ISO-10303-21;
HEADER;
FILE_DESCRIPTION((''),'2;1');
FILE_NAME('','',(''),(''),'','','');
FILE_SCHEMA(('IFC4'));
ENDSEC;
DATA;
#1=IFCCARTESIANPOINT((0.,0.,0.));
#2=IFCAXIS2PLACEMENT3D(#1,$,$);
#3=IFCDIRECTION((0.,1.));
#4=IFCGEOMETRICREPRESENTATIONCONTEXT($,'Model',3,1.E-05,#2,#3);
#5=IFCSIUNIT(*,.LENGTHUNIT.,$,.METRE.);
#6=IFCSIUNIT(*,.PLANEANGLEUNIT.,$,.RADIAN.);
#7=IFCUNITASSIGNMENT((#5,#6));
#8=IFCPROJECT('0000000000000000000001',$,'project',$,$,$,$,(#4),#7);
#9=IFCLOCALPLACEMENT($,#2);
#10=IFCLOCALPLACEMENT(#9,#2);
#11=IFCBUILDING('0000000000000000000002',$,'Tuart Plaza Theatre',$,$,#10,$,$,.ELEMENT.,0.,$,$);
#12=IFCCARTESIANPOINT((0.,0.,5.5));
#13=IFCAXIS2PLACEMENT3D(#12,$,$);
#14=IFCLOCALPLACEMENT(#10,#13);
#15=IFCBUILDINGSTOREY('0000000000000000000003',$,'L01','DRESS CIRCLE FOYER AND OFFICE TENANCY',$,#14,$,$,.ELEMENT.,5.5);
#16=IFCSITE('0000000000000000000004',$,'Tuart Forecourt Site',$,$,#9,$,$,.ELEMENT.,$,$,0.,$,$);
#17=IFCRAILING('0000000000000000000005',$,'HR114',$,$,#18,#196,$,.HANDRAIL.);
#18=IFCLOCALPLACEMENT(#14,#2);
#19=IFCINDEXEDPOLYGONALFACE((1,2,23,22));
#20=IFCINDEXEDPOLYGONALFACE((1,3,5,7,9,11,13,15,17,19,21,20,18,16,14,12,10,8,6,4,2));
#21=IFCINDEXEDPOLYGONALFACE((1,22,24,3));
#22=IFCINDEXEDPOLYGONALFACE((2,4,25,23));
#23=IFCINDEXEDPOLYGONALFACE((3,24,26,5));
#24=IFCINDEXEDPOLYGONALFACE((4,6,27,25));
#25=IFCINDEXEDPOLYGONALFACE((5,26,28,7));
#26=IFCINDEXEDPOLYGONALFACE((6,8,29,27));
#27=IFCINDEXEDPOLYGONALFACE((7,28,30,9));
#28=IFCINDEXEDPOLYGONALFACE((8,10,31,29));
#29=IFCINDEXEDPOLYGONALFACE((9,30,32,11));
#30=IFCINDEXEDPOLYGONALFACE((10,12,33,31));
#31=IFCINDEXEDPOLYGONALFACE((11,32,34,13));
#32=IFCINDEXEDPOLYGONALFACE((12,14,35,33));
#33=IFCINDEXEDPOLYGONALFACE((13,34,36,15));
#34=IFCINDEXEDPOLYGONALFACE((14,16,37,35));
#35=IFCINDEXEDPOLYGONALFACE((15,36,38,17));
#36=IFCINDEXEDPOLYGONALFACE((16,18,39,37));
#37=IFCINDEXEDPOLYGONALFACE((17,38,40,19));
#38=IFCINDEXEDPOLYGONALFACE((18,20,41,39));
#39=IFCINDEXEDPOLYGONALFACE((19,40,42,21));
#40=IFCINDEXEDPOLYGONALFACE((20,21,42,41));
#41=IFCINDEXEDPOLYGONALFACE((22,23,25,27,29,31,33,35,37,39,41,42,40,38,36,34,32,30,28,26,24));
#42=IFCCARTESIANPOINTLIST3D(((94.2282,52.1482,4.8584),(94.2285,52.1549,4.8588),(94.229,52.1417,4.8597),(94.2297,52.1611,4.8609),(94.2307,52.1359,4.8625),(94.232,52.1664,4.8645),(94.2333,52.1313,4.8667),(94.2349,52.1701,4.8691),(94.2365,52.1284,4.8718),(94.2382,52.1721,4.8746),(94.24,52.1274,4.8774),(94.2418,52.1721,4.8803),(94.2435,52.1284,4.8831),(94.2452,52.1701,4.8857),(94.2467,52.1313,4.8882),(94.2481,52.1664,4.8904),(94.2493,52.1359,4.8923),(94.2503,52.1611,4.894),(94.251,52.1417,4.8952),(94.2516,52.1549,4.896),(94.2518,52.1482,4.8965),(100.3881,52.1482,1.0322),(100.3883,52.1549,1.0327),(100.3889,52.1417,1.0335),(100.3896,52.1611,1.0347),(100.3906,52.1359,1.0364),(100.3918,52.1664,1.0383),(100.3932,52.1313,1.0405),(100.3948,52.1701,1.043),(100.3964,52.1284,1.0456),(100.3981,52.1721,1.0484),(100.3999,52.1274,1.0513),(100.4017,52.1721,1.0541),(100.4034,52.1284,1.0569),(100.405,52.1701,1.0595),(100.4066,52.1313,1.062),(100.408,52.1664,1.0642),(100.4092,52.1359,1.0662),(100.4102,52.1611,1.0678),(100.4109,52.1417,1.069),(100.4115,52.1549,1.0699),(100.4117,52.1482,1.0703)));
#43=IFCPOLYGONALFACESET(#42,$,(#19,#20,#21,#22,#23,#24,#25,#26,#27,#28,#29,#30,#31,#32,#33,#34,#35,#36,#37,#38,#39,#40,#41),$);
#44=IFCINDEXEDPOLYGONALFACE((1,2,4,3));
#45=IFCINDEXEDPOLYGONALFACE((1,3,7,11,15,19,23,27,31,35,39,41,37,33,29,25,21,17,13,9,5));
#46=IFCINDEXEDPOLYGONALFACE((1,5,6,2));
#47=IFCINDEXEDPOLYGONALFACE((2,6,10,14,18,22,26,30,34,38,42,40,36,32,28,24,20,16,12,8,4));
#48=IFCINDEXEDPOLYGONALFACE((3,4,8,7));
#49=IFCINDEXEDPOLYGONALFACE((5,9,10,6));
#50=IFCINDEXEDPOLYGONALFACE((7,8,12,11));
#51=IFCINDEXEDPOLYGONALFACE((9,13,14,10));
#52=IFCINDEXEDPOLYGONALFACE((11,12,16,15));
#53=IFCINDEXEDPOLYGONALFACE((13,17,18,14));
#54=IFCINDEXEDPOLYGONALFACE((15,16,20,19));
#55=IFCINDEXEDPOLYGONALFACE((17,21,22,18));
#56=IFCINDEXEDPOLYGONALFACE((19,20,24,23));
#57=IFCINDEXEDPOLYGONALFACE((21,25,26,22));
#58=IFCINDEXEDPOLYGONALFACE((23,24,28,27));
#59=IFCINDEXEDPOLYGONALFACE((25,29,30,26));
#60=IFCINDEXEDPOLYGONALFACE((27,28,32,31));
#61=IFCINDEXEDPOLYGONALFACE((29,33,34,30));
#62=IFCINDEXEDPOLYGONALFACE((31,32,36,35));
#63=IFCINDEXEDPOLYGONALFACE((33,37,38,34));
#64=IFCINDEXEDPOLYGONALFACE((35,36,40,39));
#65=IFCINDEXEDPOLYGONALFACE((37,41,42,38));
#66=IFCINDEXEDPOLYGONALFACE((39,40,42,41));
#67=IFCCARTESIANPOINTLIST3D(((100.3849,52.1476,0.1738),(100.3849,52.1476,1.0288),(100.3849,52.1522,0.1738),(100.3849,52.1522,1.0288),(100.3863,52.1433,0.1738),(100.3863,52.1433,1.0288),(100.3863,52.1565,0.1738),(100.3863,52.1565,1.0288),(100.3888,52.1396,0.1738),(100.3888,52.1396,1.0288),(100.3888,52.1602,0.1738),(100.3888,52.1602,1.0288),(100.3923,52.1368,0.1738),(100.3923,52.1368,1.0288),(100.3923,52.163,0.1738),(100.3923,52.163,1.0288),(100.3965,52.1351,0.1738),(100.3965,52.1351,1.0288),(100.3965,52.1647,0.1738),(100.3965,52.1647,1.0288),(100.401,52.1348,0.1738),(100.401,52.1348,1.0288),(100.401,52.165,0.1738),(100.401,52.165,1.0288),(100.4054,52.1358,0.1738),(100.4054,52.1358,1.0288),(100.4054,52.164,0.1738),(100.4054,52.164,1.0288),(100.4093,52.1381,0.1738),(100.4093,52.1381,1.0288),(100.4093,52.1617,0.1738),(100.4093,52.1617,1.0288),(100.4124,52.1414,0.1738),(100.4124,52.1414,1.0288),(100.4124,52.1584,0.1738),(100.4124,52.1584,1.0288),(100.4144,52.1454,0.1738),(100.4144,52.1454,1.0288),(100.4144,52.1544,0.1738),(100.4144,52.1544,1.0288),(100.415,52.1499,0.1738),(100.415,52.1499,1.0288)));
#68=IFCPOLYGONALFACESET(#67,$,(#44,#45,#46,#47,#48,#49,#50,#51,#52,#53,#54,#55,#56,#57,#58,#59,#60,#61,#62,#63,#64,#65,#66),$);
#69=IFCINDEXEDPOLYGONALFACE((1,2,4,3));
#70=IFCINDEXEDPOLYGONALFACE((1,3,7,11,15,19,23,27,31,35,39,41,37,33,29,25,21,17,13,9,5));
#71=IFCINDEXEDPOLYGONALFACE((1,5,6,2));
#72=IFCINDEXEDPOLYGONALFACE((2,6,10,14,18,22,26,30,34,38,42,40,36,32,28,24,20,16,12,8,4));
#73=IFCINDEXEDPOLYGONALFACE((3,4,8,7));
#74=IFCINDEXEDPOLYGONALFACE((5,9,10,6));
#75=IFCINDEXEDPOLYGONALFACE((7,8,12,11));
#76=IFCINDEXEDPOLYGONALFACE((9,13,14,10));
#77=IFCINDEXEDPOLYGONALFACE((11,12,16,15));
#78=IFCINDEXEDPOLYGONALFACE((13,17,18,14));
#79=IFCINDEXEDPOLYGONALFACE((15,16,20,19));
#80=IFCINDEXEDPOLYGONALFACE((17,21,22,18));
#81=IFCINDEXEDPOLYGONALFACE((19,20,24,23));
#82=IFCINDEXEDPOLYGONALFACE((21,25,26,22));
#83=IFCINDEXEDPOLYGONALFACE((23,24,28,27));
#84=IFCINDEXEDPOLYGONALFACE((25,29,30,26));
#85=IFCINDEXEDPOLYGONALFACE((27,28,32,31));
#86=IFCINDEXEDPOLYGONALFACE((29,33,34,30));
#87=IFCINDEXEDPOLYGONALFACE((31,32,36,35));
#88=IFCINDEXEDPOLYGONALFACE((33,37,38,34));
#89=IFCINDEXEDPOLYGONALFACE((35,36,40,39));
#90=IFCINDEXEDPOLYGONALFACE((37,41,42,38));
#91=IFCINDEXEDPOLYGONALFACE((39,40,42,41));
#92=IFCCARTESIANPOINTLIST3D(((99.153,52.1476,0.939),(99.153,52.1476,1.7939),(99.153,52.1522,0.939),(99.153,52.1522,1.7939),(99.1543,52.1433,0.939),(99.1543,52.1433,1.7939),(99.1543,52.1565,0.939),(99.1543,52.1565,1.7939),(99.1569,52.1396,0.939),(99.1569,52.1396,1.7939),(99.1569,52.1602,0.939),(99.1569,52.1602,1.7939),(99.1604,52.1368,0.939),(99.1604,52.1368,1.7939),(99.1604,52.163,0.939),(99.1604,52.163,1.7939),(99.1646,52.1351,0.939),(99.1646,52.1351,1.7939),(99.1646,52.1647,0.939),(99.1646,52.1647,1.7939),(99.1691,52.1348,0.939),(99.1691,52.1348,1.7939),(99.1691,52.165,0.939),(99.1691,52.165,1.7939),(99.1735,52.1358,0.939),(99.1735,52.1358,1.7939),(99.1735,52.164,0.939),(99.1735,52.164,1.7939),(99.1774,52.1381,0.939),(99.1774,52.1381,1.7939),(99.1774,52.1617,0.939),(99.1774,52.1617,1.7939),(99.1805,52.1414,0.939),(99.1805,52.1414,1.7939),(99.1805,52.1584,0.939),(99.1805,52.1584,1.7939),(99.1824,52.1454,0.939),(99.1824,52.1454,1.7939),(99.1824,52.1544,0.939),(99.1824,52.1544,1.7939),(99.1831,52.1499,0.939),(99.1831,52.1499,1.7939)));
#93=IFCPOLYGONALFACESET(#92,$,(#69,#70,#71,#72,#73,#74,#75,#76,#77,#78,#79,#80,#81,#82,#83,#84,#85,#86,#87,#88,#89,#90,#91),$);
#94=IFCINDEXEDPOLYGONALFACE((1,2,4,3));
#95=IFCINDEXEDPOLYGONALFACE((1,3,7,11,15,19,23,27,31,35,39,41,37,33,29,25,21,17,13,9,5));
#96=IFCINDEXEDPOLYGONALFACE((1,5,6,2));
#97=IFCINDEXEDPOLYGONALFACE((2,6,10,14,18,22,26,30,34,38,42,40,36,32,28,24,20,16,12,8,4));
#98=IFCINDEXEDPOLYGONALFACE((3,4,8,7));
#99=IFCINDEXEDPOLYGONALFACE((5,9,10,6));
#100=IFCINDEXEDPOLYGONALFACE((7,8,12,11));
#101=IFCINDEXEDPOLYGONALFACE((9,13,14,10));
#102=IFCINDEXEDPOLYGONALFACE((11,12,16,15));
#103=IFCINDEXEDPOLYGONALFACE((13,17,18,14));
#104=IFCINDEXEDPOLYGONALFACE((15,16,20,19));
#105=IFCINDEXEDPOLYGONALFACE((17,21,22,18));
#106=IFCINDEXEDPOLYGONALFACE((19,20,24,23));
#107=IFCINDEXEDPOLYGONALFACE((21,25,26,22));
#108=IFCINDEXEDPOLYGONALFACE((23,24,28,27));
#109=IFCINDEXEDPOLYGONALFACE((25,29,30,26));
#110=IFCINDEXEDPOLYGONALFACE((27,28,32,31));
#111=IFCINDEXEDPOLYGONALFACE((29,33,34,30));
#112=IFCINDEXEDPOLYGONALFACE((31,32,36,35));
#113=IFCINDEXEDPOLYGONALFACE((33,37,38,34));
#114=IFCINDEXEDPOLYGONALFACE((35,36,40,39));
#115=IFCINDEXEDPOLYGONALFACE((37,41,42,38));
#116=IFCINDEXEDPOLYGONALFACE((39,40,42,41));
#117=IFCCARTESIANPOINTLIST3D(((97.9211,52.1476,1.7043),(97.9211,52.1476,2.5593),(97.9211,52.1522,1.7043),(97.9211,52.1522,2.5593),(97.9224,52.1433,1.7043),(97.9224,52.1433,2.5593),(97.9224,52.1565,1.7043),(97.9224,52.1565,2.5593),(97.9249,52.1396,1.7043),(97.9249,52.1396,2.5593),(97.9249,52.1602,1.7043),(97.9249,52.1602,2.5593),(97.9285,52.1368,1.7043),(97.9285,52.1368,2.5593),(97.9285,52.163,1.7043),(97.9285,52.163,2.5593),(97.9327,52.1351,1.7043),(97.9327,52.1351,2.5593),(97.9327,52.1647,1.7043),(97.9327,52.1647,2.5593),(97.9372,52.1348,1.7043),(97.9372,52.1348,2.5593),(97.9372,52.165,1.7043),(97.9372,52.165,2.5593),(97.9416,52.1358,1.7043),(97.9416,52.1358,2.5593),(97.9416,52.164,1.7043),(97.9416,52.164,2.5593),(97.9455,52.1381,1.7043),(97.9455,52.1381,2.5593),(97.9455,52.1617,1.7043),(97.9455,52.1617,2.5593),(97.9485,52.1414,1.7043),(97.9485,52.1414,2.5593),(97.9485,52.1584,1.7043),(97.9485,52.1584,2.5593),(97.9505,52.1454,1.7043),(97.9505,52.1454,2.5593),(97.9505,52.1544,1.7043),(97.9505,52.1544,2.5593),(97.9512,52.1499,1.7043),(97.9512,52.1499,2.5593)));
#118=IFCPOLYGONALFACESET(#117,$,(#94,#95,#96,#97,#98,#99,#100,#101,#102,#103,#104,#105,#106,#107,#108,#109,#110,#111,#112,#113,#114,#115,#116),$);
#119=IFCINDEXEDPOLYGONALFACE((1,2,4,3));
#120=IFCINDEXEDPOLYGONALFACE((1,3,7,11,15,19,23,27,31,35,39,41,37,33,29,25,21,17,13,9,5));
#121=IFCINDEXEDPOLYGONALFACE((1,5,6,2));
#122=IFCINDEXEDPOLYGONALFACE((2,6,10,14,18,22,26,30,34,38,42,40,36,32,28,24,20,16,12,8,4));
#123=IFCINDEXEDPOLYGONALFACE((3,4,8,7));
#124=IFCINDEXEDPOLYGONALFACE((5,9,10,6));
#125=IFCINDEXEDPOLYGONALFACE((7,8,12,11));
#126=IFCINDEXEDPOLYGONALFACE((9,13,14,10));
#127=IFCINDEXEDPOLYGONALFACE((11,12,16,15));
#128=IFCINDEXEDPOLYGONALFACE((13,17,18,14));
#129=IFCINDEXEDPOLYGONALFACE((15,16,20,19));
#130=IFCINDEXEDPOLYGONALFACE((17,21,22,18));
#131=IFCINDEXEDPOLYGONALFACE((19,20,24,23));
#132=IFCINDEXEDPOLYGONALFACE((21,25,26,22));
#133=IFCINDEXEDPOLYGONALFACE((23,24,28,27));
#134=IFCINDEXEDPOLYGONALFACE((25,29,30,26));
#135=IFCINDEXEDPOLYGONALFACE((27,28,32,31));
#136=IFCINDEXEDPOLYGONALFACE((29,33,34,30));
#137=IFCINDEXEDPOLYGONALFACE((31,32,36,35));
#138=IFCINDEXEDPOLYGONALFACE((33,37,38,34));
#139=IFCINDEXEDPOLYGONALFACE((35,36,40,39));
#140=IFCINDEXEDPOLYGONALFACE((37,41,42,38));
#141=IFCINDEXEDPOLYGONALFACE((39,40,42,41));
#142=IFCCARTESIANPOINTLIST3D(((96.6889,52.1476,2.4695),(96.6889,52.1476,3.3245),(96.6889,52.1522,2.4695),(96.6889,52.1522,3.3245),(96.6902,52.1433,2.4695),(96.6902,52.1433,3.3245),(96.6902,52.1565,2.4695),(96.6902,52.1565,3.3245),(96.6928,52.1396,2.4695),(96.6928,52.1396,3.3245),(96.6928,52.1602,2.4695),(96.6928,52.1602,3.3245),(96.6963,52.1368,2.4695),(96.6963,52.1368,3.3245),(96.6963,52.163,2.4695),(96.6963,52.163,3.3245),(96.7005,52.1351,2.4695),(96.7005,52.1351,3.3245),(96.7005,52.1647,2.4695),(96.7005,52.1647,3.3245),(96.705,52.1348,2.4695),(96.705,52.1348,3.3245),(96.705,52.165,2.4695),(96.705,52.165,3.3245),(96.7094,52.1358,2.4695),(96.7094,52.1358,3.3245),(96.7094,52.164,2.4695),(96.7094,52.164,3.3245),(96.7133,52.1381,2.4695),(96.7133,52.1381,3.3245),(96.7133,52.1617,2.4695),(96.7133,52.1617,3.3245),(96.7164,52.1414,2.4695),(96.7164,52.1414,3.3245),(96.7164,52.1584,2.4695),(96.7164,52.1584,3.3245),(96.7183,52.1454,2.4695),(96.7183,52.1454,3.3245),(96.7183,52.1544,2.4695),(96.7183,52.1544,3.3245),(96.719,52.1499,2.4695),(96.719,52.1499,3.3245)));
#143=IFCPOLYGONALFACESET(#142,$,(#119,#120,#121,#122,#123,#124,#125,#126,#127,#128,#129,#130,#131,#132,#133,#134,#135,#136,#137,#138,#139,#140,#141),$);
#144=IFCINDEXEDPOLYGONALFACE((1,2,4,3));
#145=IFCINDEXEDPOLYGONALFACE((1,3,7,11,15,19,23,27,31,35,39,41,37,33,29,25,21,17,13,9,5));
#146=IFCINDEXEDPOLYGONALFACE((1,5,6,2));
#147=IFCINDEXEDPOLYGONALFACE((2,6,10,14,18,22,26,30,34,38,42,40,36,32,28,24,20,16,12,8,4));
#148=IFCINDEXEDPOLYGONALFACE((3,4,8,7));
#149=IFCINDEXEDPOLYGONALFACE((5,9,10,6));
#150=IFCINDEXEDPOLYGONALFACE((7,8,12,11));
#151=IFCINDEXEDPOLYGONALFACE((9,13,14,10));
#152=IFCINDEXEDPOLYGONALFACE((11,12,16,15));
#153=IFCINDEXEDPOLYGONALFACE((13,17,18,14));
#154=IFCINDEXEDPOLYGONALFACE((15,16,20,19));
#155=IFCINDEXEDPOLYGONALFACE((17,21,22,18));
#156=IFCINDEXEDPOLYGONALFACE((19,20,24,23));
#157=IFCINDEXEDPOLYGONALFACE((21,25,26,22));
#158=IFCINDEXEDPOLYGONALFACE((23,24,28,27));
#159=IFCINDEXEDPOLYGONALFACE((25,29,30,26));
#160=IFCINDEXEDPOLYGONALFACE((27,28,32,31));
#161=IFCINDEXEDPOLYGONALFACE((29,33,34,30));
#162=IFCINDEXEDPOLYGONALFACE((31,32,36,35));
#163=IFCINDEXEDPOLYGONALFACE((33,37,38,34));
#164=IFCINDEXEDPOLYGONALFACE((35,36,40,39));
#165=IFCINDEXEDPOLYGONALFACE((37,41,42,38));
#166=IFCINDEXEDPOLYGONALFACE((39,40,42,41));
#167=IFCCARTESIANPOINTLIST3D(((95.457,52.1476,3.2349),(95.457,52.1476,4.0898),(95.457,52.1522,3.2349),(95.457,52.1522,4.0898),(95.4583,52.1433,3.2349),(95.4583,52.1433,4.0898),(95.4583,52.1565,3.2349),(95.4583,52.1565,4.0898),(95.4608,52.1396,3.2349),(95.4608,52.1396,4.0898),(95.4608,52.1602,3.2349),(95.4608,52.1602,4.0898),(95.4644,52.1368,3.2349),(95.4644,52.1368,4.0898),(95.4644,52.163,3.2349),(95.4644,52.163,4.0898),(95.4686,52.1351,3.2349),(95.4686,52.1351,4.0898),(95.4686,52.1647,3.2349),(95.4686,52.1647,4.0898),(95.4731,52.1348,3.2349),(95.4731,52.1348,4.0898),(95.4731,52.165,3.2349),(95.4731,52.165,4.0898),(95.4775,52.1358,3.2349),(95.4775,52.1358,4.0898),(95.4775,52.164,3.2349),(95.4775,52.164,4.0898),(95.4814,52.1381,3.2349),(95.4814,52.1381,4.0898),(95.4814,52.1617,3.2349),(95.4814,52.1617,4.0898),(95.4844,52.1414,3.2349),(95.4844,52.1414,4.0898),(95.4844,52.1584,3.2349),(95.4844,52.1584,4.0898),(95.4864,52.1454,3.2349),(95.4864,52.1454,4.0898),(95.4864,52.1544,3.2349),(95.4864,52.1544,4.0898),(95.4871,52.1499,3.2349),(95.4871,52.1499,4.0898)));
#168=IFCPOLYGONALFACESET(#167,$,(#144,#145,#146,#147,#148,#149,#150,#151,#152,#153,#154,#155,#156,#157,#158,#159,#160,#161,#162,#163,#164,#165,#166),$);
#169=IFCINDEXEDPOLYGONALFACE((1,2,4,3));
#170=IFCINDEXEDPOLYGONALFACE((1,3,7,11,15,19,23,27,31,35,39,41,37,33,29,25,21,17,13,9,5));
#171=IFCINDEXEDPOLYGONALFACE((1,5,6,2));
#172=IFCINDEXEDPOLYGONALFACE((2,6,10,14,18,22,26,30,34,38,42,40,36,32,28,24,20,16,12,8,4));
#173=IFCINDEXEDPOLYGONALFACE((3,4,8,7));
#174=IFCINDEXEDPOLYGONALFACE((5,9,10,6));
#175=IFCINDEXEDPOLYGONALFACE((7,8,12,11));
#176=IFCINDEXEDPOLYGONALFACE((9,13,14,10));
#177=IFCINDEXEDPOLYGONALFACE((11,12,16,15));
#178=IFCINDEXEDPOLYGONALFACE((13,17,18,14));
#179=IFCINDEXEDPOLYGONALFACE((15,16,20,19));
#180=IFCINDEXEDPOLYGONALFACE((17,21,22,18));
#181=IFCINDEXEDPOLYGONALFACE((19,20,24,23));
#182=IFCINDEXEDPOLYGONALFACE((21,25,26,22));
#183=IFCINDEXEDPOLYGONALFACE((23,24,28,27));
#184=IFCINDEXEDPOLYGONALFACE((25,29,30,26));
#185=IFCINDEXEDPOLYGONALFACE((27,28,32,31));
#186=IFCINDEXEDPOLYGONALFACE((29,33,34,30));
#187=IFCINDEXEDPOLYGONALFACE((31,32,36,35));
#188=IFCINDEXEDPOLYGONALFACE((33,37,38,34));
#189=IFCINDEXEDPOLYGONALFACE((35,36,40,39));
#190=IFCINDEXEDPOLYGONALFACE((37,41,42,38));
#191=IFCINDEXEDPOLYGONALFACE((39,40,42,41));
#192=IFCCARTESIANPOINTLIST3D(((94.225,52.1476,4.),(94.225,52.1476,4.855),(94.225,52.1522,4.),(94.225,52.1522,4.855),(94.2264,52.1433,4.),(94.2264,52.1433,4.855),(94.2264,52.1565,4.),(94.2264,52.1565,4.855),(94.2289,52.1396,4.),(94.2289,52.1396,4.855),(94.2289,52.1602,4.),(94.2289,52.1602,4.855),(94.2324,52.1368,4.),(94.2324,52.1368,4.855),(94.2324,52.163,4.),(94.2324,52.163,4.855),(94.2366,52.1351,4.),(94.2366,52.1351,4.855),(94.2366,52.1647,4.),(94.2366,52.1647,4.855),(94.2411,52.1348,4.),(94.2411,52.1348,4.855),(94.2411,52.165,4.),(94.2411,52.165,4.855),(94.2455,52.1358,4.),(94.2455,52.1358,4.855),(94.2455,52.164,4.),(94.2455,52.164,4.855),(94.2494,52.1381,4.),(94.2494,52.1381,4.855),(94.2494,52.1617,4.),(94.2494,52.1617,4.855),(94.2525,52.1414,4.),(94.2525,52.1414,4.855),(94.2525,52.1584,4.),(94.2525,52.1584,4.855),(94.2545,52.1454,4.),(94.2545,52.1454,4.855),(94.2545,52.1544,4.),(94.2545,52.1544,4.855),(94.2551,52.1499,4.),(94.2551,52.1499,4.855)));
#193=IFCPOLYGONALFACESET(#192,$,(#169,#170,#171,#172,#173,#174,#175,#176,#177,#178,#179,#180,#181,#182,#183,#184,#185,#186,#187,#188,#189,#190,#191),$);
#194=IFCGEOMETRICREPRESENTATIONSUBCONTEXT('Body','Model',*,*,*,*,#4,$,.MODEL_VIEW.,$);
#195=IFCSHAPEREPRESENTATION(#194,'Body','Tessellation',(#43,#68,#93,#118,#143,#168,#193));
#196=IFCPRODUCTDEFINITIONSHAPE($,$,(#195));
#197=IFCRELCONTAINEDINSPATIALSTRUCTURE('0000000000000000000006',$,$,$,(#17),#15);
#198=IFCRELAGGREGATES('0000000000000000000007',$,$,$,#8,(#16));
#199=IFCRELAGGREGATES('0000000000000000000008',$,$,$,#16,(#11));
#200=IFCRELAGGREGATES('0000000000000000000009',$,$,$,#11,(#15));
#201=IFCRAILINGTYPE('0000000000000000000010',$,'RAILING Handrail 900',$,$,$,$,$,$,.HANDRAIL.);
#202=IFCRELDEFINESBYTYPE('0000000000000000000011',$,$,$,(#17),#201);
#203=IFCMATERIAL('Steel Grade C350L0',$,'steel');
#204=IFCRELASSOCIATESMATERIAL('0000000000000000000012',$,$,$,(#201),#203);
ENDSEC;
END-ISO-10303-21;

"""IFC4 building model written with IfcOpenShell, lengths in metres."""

from ifc_helpers import new_model, si_unit, direction, frame, origin, origin_2d, place, context, subcontext, project, spatial, circle, extrude, material, type_object, element, save


model = new_model("IFC4")

# Units and contexts
model_context = context("Model", 3, precision=1e-05, world=origin(), true_north=direction((0.0, 1.0)))
body_context = subcontext(model_context, "Body", "Model", "MODEL_VIEW")
ifc_project = project(units=[si_unit("LENGTHUNIT", "METRE"), si_unit("PLANEANGLEUNIT", "RADIAN")], contexts=[model_context])

# Site, building, storey
site_placement = place(None, origin())
site = spatial("IfcSite", under=ifc_project, at=site_placement, Name="Tuart Forecourt Site", CompositionType="ELEMENT", RefElevation=0.0)
building_placement = place(site_placement, origin())
building = spatial("IfcBuilding", under=site, at=building_placement, Name="Tuart Plaza Theatre", CompositionType="ELEMENT", ElevationOfRefHeight=0.0)
storey_placement = place(building_placement, frame((0.0, 0.0, 5.5)))
storey = spatial("IfcBuildingStorey", under=building, at=storey_placement, Name="L01", Description="DRESS CIRCLE FOYER AND OFFICE TENANCY", CompositionType="ELEMENT", Elevation=5.5)

# Railing
ifc_material_1 = material(Name="Steel Grade C350L0", Category="steel")
railing_type = type_object("IfcRailingType", Name="RAILING Handrail 900", PredefinedType="HANDRAIL", material=ifc_material_1)
railing_placement = place(storey_placement, frame((100.3999, 52.1499, 0.1738)))
element("IfcRailing", 1, at=railing_placement, inside=storey, type_object=railing_type, Name="HR114", PredefinedType="HANDRAIL", context=body_context, shape_type="SweptSolid", body=[
    extrude(circle(Radius=0.0225, at=origin_2d()), frame((0.0, 0.0, 0.8774), z_axis=(-0.849468, 0.0, 0.527639), x_axis=(0.0, -1.0, 0.0)), (0.0, 0.0, 1.0), 7.2515),
    extrude(circle(Radius=0.0151, at=origin_2d()), origin(), (0.0, 0.0, 1.0), 0.855),
    extrude(circle(Radius=0.0151, at=origin_2d()), frame((-1.2319, 0.0, 0.7651)), (0.0, 0.0, 1.0), 0.855),
    extrude(circle(Radius=0.0151, at=origin_2d()), frame((-2.4639, 0.0, 1.5305)), (0.0, 0.0, 1.0), 0.855),
    extrude(circle(Radius=0.0151, at=origin_2d()), frame((-3.696, 0.0, 2.2957)), (0.0, 0.0, 1.0), 0.855),
    extrude(circle(Radius=0.0151, at=origin_2d()), frame((-4.928, 0.0, 3.061)), (0.0, 0.0, 1.0), 0.855),
    extrude(circle(Radius=0.0151, at=origin_2d()), frame((-6.1599, 0.0, 3.8262)), (0.0, 0.0, 1.0), 0.855),
])

save(model, "model.ifc")
